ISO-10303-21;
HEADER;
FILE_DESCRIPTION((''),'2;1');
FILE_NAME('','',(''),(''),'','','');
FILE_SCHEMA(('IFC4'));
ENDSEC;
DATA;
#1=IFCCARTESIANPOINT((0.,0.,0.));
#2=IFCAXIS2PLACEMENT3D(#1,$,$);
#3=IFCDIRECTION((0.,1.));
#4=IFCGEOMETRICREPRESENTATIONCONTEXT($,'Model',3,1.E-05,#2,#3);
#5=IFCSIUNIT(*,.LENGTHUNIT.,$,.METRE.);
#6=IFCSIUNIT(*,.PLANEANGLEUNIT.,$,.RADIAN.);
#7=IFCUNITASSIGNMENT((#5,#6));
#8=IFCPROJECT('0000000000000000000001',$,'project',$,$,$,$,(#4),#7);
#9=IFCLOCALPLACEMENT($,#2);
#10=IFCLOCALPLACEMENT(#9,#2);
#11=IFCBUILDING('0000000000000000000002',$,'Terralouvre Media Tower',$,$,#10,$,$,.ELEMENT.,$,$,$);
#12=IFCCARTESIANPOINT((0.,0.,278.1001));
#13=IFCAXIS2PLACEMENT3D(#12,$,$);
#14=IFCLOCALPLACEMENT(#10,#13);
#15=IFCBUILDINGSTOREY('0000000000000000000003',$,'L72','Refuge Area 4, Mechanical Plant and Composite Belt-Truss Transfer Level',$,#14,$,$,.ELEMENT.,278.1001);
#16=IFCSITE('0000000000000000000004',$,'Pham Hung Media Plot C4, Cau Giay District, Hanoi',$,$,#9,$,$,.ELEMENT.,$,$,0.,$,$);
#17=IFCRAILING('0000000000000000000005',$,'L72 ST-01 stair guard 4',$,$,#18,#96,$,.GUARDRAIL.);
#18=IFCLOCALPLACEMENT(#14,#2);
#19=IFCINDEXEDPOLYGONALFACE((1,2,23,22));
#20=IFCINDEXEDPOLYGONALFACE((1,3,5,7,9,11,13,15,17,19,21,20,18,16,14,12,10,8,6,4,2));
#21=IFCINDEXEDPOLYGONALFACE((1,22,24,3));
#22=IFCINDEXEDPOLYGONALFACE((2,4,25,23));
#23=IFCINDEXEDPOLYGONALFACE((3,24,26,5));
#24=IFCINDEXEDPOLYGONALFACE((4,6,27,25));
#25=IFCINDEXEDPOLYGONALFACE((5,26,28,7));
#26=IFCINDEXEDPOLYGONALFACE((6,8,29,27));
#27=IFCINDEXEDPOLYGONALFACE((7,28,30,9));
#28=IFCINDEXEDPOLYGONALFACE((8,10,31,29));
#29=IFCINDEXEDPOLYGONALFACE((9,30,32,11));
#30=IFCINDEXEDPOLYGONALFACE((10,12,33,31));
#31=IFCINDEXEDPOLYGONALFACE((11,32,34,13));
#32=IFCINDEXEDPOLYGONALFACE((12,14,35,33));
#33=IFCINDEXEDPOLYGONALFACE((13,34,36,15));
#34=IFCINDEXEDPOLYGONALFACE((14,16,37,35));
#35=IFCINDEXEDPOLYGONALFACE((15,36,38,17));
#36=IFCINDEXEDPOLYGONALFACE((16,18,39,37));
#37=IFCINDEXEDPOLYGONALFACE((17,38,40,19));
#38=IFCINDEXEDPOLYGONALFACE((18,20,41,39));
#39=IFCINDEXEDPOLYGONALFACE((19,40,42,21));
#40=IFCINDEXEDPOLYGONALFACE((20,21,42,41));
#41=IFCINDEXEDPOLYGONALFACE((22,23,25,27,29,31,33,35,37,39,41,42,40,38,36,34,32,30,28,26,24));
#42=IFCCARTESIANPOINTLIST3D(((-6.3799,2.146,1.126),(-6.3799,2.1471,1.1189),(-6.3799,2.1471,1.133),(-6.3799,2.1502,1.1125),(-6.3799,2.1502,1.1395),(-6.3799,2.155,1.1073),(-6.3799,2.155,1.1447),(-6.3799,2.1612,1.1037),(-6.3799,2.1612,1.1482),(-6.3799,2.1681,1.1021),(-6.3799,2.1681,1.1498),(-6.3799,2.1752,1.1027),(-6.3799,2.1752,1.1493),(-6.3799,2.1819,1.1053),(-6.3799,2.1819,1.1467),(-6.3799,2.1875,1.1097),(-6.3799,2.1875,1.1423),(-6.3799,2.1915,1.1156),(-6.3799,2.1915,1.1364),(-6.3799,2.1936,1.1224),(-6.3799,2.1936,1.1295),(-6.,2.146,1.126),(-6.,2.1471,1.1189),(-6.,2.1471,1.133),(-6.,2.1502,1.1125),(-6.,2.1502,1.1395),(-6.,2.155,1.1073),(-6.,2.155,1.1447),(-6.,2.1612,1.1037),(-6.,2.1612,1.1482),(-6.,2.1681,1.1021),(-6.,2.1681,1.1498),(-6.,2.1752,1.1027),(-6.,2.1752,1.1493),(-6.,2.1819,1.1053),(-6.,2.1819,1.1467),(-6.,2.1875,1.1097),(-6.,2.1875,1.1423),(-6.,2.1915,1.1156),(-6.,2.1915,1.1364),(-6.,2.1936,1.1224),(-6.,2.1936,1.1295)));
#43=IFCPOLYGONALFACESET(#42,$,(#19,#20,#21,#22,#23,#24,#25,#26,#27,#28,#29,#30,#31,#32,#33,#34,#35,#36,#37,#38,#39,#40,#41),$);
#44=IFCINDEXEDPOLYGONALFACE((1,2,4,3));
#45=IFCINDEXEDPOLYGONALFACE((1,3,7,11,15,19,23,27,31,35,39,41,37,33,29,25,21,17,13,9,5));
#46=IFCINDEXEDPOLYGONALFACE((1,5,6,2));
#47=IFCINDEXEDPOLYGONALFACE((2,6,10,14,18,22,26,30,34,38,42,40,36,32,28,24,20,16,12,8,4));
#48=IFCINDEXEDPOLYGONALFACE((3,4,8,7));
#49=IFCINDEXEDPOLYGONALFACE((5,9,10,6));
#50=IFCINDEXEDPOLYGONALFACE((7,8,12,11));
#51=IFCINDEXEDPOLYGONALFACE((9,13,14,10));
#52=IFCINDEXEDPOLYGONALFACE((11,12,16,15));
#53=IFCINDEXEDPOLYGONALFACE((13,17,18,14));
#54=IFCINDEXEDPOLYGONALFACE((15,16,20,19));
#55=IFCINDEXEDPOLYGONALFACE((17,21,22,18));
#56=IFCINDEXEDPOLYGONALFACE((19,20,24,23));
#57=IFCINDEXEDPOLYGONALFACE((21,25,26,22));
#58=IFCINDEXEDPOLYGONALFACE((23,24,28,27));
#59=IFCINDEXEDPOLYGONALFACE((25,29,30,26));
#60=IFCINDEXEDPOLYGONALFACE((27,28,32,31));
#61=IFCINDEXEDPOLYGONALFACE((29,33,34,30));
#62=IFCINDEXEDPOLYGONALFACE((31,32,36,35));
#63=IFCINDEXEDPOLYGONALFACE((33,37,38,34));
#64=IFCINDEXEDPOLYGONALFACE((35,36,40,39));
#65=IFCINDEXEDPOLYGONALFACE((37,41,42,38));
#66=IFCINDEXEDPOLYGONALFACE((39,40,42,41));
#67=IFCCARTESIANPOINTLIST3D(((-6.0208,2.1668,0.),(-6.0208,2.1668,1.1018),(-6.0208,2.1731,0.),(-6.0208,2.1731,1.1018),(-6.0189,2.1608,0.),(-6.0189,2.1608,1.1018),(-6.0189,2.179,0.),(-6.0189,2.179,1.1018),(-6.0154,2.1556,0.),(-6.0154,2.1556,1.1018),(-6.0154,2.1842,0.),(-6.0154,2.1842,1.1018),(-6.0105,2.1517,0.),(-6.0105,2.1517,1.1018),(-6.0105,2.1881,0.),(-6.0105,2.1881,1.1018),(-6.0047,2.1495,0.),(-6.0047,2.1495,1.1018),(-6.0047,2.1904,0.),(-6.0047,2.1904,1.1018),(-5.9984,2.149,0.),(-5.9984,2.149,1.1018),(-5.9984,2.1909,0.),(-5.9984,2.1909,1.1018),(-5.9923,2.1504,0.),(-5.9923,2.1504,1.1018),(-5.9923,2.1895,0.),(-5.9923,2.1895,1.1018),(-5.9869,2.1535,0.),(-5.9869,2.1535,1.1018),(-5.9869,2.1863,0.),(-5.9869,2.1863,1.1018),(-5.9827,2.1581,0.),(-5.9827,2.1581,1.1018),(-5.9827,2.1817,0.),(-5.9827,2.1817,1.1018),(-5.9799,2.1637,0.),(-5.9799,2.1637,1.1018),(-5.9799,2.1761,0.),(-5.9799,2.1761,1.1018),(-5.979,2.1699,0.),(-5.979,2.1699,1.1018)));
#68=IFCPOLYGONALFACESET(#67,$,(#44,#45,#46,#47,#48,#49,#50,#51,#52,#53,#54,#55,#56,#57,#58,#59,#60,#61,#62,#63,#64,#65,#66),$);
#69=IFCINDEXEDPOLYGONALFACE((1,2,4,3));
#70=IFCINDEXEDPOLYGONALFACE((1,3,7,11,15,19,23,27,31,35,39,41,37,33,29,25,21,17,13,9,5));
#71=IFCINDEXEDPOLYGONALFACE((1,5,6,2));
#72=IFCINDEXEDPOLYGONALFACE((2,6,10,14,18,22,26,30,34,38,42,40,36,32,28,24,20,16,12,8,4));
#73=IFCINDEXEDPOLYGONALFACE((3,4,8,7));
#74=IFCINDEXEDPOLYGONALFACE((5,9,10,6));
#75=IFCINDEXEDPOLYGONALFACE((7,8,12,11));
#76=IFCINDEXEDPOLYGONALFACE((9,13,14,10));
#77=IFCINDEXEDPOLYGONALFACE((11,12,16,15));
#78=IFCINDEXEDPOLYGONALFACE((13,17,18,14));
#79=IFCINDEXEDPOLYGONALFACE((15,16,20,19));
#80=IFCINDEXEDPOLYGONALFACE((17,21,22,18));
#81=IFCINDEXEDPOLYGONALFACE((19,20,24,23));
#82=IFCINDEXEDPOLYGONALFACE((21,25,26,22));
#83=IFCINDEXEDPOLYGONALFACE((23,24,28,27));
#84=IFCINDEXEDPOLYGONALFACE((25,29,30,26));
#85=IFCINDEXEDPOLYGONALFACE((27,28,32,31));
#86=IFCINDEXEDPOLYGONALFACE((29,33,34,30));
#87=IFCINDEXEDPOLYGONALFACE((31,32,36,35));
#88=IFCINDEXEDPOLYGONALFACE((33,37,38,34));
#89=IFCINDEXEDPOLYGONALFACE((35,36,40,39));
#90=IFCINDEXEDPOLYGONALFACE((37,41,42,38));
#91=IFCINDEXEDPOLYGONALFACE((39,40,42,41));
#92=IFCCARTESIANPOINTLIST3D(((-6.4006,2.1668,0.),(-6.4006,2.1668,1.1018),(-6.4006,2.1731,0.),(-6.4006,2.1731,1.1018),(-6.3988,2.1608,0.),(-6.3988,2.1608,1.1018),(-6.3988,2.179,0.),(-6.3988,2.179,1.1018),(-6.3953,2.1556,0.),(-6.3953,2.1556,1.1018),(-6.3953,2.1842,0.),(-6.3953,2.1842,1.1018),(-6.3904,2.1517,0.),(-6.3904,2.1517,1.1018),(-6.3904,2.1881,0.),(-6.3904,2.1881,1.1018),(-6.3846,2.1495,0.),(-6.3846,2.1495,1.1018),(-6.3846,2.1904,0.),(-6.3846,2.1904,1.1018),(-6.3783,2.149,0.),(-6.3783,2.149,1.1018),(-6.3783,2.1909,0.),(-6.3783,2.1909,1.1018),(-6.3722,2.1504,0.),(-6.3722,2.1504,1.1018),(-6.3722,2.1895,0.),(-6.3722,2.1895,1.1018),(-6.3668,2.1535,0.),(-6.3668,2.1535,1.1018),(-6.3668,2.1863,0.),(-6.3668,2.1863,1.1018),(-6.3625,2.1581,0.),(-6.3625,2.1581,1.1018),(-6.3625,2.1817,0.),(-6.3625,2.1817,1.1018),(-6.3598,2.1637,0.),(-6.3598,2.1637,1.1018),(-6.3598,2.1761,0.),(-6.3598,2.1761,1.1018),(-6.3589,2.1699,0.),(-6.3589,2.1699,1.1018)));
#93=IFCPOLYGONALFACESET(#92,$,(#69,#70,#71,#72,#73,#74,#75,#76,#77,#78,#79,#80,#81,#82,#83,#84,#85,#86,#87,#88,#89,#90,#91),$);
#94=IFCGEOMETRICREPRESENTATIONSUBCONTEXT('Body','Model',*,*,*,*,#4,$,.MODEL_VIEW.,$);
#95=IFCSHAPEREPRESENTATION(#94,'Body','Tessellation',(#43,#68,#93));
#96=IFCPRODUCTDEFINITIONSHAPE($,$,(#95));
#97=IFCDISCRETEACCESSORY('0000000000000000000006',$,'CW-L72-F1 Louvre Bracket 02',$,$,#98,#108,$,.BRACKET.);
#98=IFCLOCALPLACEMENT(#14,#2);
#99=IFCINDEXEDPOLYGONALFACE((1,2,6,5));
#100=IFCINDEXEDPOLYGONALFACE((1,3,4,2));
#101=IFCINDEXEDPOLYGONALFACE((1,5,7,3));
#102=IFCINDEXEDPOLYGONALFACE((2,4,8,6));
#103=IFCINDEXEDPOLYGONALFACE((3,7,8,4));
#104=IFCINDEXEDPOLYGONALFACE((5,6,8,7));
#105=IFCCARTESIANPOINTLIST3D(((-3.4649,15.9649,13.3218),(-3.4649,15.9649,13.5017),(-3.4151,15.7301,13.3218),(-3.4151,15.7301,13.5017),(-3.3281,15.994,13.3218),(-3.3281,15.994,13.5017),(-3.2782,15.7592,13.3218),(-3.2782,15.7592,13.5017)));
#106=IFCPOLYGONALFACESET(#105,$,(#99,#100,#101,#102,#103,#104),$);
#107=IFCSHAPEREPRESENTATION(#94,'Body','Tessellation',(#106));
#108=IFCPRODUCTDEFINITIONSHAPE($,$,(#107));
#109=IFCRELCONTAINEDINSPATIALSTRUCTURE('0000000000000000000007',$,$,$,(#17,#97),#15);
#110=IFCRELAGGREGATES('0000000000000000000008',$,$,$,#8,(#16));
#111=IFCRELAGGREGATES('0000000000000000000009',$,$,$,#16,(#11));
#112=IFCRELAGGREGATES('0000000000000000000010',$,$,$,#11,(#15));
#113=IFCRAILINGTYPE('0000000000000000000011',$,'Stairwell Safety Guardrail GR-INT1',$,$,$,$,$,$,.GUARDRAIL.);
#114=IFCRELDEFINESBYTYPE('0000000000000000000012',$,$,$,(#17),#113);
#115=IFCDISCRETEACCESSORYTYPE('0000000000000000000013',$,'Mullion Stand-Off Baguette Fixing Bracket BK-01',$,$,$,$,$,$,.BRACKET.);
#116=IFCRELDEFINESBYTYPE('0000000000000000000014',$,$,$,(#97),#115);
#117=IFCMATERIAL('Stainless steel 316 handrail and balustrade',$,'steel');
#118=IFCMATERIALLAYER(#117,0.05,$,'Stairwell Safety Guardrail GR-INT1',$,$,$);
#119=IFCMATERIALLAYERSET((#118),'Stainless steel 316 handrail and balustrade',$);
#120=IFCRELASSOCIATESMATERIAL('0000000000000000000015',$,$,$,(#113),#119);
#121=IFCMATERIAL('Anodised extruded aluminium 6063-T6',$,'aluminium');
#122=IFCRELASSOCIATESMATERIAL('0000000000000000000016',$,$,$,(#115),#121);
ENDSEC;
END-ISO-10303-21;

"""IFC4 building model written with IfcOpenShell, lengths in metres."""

from ifc_helpers import new_model, si_unit, direction, frame, origin, origin_2d, place, context, subcontext, project, spatial, rectangle, circle, extrude, material, layer, layer_set, type_object, element, save


model = new_model("IFC4")

# Units and contexts
model_context = context("Model", 3, precision=1e-05, world=origin(), true_north=direction((0.0, 1.0)))
body_context = subcontext(model_context, "Body", "Model", "MODEL_VIEW")
ifc_project = project(units=[si_unit("LENGTHUNIT", "METRE"), si_unit("PLANEANGLEUNIT", "RADIAN")], contexts=[model_context])

# Site, building, storey
site_placement = place(None, origin())
site = spatial("IfcSite", under=ifc_project, at=site_placement, Name="Pham Hung Media Plot C4, Cau Giay District, Hanoi", CompositionType="ELEMENT", RefElevation=0.0)
building_placement = place(site_placement, origin())
building = spatial("IfcBuilding", under=site, at=building_placement, Name="Terralouvre Media Tower", CompositionType="ELEMENT")
storey_placement = place(building_placement, frame((0.0, 0.0, 278.1001)))
storey = spatial("IfcBuildingStorey", under=building, at=storey_placement, Name="L72", Description="Refuge Area 4, Mechanical Plant and Composite Belt-Truss Transfer Level", CompositionType="ELEMENT", Elevation=278.1001)

# Railing
ifc_material_1 = material(Name="Stainless steel 316 handrail and balustrade", Category="steel")
ifc_layer_1 = layer(ifc_material_1, 0.05, Name="Stairwell Safety Guardrail GR-INT1")
ifc_layer_set_1 = layer_set([ifc_layer_1], Name="Stainless steel 316 handrail and balustrade")
railing_type_1 = type_object("IfcRailingType", Name="Stairwell Safety Guardrail GR-INT1", PredefinedType="GUARDRAIL", material=ifc_layer_set_1)
railing_1_placement = place(storey_placement, frame((-6.0, 2.1699, 0.0)))
element("IfcRailing", 1, at=railing_1_placement, inside=storey, type_object=railing_type_1, Name="L72 ST-01 stair guard 4", PredefinedType="GUARDRAIL", context=body_context, shape_type="SweptSolid", body=[
    extrude(circle(Radius=0.0239, at=origin_2d()), frame((0.0, 0.0, 1.126), z_axis=(-1.0, 0.0, 0.0), x_axis=(0.0, -1.0, 0.0)), (0.0, 0.0, 1.0), 0.3799),
    extrude(circle(Radius=0.021, at=origin_2d()), origin(), (0.0, 0.0, 1.0), 1.1018),
    extrude(circle(Radius=0.021, at=origin_2d()), frame((-0.3799, 0.0, 0.0)), (0.0, 0.0, 1.0), 1.1018),
])

# Discrete accessory
ifc_material_2 = material(Name="Anodised extruded aluminium 6063-T6", Category="aluminium")
discrete_accessory_type = type_object("IfcDiscreteAccessoryType", Name="Mullion Stand-Off Baguette Fixing Bracket BK-01", PredefinedType="BRACKET", material=ifc_material_2)
discrete_accessory_placement = place(storey_placement, frame((-3.3716, 15.8621, 13.3218), z_axis=(0.0, 0.0, 1.0), x_axis=(-0.978148, -0.207912, 0.0)))
element("IfcDiscreteAccessory", 2, at=discrete_accessory_placement, inside=storey, type_object=discrete_accessory_type, Name="CW-L72-F1 Louvre Bracket 02", PredefinedType="BRACKET", context=body_context, shape_type="SweptSolid", body=[
    extrude(rectangle(XDim=0.1399, YDim=0.24, at=origin_2d()), origin(), (0.0, 0.0, 1.0), 0.1799),
])

save(model, "model.ifc")
